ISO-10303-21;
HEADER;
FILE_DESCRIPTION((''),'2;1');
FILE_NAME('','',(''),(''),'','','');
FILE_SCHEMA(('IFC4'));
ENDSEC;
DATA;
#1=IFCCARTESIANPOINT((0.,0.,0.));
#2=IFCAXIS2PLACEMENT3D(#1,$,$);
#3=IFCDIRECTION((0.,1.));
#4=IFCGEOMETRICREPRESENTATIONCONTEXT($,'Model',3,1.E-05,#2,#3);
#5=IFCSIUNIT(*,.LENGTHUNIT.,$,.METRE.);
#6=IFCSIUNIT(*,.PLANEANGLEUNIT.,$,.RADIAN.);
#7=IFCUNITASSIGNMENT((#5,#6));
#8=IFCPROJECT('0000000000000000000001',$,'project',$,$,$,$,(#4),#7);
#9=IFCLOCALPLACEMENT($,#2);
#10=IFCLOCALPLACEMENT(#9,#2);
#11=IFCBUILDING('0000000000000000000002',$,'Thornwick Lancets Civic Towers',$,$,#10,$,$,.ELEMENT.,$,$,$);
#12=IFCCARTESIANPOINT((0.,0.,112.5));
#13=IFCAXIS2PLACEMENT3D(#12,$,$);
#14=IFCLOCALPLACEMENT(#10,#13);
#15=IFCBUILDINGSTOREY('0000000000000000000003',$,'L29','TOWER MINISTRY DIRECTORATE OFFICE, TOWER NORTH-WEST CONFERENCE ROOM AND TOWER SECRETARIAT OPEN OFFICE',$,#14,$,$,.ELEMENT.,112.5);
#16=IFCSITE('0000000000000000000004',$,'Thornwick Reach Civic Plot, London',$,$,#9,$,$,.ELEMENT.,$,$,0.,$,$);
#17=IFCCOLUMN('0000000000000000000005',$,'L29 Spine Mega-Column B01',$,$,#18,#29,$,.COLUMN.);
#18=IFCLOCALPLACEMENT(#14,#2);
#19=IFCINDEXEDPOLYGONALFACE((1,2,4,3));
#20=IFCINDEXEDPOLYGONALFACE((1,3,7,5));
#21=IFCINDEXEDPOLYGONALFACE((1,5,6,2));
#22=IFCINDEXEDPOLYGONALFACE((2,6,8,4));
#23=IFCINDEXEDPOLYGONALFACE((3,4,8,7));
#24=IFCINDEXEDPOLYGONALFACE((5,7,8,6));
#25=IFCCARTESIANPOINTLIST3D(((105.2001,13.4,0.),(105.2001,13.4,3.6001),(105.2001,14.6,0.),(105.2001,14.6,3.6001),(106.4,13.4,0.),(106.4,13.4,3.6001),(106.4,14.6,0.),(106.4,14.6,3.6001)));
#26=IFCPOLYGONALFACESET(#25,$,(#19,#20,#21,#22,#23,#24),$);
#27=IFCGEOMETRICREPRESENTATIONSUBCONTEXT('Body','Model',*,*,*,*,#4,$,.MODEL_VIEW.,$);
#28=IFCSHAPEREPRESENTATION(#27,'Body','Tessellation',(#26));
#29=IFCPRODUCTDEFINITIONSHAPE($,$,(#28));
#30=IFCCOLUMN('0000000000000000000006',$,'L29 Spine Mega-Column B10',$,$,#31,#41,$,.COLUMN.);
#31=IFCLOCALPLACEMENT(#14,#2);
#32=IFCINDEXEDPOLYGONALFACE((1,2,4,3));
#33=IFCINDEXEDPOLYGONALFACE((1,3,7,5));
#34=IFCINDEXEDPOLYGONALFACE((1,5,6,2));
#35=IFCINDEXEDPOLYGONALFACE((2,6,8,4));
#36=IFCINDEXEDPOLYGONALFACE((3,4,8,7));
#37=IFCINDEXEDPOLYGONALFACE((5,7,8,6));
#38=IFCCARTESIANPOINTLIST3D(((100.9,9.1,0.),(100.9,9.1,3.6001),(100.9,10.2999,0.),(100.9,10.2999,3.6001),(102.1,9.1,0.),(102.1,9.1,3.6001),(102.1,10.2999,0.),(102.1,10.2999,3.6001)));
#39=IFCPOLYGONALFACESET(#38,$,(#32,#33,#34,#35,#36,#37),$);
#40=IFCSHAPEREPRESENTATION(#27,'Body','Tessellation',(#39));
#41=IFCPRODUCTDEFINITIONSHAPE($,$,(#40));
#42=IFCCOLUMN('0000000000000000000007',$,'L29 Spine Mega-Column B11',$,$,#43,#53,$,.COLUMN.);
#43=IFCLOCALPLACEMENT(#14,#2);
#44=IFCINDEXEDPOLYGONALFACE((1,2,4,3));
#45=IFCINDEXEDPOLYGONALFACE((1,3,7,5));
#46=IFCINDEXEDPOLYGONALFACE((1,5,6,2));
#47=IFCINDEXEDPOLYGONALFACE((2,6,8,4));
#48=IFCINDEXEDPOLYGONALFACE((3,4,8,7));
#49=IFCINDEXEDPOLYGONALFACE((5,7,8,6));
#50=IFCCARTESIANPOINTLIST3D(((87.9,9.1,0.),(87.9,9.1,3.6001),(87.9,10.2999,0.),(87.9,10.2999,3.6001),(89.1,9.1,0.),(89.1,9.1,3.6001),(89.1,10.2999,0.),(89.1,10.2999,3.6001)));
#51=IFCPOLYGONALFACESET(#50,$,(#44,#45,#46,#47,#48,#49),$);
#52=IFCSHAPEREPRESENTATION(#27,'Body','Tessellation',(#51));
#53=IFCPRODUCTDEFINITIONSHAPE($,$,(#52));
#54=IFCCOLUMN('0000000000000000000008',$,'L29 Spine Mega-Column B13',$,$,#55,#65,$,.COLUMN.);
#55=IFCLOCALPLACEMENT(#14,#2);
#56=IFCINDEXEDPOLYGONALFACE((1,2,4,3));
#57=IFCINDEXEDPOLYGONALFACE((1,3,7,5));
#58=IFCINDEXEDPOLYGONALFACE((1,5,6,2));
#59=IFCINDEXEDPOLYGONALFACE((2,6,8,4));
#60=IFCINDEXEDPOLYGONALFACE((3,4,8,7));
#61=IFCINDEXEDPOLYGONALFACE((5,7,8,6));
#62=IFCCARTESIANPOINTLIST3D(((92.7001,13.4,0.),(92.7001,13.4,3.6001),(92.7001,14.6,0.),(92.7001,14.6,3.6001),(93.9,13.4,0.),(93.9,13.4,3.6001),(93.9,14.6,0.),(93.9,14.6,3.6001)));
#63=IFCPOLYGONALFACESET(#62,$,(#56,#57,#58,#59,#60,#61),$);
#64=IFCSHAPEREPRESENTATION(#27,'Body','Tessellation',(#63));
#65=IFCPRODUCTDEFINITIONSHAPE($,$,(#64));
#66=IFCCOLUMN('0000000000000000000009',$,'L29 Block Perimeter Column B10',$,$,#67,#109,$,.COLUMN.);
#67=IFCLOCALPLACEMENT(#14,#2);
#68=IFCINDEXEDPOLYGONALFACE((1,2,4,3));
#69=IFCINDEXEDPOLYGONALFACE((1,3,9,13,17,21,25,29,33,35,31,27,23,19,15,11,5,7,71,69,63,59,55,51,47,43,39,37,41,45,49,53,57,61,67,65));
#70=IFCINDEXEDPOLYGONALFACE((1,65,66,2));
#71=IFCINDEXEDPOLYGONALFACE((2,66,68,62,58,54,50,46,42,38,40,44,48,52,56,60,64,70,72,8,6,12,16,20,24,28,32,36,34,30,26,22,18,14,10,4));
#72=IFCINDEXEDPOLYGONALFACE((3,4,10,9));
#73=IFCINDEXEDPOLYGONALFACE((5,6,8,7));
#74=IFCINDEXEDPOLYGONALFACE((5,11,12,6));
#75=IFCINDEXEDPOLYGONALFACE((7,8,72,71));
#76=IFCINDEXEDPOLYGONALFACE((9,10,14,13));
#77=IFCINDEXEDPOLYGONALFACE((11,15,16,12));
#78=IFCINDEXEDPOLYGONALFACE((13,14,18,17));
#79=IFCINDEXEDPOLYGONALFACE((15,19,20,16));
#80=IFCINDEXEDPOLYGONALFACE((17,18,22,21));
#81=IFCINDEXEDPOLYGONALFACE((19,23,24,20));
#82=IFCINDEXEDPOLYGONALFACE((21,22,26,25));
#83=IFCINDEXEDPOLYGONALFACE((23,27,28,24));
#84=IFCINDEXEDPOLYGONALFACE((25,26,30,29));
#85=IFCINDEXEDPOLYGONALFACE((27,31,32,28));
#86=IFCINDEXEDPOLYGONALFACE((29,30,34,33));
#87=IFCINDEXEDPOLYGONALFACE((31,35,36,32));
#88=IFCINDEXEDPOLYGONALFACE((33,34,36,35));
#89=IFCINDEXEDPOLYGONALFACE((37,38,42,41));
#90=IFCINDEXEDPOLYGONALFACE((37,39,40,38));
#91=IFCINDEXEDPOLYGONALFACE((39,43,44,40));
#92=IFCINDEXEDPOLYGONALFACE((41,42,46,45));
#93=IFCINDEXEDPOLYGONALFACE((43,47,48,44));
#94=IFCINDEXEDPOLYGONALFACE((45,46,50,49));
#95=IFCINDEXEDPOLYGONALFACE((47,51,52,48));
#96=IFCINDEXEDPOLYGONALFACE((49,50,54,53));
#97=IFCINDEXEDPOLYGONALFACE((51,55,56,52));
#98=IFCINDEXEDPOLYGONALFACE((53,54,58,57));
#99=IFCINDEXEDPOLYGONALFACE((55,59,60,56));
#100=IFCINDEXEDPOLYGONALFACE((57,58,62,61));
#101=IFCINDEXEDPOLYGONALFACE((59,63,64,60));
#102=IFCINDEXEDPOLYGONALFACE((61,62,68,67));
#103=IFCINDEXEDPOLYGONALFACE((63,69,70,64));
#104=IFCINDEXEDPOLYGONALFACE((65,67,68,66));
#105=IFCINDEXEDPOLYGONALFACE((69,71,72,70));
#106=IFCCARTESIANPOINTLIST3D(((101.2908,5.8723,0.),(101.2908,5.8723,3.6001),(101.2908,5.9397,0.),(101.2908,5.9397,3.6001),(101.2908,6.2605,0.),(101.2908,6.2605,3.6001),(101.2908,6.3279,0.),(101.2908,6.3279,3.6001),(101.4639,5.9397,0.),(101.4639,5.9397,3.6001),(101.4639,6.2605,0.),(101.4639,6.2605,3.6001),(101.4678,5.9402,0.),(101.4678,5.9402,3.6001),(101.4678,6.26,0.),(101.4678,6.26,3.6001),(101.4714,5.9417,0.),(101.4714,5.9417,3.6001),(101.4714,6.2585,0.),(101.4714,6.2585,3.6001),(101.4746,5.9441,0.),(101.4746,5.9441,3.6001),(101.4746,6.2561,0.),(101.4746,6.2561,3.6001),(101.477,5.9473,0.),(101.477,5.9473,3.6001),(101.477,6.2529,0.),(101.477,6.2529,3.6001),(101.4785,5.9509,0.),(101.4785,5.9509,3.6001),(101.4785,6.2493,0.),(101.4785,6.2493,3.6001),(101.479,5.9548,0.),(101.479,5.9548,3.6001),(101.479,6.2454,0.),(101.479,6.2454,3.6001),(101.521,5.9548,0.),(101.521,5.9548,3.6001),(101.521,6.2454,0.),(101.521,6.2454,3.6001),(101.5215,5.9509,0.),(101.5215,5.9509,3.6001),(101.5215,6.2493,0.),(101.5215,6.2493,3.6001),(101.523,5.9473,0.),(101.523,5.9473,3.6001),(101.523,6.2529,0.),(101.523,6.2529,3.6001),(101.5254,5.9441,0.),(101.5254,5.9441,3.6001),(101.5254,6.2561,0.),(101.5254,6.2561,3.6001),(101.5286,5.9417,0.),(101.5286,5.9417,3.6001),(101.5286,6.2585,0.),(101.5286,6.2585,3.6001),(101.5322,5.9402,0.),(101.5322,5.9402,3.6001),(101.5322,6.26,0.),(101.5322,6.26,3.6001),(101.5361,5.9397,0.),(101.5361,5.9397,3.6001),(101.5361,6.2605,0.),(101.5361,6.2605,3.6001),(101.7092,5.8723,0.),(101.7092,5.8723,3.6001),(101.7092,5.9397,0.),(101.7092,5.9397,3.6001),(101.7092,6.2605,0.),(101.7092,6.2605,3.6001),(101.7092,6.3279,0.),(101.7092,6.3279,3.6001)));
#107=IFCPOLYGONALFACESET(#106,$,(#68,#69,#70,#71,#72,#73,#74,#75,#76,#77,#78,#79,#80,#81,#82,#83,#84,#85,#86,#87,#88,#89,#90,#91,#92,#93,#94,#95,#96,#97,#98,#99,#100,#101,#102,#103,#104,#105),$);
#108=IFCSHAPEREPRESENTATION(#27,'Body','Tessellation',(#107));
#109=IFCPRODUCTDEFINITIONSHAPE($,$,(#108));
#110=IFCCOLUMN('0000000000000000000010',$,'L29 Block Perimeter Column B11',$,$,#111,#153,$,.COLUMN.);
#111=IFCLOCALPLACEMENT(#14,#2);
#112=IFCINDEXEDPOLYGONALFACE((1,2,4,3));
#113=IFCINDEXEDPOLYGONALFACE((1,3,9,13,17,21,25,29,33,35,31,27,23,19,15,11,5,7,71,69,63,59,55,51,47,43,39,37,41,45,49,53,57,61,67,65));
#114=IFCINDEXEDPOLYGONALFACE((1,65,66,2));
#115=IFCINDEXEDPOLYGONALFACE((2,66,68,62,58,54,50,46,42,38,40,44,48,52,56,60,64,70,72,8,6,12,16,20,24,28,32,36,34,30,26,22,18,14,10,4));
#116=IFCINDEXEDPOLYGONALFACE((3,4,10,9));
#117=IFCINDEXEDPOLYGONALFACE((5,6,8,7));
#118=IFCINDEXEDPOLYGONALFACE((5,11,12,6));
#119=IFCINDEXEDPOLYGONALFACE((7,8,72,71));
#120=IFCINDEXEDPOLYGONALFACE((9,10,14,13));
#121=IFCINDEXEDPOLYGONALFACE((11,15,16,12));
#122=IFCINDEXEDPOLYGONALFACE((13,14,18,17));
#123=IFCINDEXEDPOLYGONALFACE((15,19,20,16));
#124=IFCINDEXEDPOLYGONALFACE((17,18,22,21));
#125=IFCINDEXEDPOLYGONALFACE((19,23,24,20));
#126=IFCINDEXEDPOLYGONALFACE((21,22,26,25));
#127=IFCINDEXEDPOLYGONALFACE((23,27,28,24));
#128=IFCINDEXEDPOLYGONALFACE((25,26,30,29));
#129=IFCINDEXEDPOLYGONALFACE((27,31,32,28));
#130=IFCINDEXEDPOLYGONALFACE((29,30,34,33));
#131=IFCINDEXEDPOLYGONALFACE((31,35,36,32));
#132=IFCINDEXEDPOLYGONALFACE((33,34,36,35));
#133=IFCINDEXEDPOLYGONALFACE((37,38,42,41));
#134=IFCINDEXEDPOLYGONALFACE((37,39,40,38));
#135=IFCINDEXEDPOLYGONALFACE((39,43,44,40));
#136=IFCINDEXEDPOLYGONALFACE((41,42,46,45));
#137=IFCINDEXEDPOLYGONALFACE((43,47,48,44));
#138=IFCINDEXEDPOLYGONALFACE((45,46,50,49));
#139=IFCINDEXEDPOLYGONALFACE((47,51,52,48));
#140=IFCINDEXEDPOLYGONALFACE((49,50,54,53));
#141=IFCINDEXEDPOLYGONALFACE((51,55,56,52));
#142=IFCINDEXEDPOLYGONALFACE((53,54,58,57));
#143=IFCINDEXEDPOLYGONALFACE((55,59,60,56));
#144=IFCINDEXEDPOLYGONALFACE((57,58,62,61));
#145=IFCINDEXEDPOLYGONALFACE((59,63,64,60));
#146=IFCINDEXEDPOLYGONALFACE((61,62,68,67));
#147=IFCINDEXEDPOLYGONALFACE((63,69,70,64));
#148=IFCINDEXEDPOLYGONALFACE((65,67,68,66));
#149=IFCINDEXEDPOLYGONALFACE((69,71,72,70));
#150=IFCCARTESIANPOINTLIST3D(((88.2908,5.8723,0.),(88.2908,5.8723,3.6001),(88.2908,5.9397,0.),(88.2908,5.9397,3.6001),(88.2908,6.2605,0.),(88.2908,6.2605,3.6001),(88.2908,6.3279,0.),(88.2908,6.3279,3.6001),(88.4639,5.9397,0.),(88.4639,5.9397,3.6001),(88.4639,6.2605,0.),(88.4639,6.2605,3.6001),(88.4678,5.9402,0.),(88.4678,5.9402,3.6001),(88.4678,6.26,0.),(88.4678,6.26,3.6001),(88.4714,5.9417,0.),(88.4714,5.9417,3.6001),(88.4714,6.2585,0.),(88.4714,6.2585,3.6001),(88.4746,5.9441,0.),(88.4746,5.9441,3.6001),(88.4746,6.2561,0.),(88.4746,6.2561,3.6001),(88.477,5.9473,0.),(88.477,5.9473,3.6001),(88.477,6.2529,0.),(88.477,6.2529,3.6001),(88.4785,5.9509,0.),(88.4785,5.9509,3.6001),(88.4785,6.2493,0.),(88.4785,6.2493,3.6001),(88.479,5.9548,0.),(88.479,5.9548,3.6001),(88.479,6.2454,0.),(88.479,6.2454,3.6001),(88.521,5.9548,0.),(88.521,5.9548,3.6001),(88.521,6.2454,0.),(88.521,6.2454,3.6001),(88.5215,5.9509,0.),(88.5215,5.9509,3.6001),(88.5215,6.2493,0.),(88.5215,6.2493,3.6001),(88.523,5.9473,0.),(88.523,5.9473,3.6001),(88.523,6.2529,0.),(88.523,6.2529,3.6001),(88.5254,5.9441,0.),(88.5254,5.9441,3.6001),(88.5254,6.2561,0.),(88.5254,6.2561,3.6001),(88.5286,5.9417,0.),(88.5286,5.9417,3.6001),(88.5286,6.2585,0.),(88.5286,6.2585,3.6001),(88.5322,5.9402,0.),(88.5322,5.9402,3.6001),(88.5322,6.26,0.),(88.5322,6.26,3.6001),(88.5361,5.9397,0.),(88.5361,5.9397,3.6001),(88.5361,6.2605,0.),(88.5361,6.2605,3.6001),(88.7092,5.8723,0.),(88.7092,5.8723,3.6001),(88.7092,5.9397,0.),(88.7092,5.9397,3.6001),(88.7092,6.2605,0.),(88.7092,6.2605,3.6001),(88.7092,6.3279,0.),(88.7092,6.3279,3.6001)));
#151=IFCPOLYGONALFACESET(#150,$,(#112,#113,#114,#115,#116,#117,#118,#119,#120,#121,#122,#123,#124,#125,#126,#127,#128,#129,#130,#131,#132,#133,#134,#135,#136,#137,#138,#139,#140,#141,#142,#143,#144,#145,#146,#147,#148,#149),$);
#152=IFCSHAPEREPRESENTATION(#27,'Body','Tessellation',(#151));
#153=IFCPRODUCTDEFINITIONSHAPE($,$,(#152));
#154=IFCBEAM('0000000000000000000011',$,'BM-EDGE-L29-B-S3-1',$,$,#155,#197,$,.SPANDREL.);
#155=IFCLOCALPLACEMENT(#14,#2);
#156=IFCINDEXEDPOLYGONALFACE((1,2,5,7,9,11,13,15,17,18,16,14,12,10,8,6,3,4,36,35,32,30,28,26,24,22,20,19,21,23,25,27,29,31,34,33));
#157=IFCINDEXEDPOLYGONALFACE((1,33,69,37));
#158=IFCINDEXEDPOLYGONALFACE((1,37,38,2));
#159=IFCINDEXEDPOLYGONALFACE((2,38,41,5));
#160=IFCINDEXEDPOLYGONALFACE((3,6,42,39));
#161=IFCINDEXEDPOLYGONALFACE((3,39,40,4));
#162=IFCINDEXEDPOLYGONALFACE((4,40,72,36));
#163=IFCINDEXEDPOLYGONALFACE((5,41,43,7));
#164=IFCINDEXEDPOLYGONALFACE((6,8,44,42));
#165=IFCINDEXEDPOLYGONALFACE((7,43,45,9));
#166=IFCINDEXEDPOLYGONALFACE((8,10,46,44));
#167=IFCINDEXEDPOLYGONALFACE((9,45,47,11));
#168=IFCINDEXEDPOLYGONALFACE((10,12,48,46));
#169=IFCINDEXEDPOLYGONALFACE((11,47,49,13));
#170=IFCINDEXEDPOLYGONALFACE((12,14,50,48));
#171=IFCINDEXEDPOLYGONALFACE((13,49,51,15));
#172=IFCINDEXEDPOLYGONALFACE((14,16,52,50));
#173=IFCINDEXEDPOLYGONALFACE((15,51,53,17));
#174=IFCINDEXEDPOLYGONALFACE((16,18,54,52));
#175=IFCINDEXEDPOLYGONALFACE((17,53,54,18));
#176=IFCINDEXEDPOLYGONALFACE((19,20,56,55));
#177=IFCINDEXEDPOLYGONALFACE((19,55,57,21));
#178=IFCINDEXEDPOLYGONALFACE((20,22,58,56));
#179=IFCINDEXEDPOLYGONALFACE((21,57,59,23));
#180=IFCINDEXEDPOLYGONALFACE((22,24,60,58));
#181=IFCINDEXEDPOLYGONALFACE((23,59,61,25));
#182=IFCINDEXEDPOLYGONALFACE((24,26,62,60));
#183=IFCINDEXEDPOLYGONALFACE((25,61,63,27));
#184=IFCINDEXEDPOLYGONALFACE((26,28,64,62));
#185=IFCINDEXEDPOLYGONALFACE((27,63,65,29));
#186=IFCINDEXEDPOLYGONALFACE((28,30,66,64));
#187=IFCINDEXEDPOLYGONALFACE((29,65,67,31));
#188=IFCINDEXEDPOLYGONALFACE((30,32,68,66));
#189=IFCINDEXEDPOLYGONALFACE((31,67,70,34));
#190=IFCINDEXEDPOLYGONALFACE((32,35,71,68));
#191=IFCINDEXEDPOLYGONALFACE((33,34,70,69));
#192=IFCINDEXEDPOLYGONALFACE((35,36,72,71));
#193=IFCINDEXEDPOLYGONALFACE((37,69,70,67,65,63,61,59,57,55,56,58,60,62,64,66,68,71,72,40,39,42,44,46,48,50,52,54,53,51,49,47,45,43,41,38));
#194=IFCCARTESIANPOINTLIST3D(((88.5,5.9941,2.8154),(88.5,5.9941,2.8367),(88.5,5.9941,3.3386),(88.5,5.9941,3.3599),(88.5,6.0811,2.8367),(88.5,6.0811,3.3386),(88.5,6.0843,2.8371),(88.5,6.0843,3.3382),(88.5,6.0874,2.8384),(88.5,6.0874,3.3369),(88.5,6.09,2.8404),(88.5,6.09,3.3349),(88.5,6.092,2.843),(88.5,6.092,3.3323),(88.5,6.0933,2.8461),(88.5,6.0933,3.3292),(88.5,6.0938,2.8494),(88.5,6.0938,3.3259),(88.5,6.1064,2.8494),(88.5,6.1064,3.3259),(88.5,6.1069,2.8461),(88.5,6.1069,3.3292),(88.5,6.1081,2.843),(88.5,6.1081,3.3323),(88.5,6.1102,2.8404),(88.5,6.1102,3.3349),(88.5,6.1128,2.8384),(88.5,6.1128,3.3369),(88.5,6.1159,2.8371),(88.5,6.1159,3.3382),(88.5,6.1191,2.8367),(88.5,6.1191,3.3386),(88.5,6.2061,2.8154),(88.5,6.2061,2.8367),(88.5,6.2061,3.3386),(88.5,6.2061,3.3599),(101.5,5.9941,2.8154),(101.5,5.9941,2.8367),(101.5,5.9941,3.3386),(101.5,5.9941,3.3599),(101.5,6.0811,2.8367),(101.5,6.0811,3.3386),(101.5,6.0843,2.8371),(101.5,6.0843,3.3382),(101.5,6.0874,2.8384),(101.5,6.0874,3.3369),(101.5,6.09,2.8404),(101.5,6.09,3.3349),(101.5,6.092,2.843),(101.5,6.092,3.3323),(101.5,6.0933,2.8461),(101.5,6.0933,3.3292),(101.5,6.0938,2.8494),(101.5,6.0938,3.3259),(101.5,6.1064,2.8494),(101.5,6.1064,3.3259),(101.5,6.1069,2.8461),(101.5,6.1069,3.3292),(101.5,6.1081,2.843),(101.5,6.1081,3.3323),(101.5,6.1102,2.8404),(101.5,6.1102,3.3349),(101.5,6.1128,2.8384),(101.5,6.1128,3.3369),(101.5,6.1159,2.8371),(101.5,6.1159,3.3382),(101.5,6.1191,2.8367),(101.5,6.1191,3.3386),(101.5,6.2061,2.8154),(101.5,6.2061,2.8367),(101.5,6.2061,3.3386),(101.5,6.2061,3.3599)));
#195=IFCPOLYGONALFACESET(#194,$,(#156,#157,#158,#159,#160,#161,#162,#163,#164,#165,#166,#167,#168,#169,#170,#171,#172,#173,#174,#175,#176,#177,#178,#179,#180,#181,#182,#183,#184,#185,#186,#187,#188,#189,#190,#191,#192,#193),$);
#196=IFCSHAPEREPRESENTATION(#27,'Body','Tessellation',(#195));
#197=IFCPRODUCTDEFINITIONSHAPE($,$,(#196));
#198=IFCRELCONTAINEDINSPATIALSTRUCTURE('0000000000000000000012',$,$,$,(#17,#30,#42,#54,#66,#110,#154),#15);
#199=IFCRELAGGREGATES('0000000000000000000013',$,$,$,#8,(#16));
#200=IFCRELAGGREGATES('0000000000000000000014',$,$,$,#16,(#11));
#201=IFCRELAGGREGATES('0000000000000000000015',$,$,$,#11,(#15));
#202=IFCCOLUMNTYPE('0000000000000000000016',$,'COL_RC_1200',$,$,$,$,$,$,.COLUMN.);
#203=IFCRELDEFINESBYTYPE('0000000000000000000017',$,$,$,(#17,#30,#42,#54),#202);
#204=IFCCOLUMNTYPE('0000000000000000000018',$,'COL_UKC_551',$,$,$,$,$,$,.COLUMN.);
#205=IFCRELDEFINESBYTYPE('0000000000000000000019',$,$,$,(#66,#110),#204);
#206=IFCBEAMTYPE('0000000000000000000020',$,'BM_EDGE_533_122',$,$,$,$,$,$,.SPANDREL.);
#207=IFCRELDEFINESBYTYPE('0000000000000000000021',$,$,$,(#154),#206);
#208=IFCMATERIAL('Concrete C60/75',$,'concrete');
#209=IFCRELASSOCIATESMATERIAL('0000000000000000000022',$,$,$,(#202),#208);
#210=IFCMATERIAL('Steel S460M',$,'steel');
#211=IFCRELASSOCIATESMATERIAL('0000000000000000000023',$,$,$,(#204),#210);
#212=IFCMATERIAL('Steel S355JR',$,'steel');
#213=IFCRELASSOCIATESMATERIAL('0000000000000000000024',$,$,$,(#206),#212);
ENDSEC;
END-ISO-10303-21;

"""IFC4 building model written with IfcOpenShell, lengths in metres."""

from ifc_helpers import new_model, si_unit, direction, frame, origin, origin_2d, place, context, subcontext, project, spatial, rectangle, i_section, extrude, material, material_profile, profile_set, type_object, element, save


model = new_model("IFC4")

# Units and contexts
model_context = context("Model", 3, precision=1e-05, world=origin(), true_north=direction((0.0, 1.0)))
body_context = subcontext(model_context, "Body", "Model", "MODEL_VIEW")
ifc_project = project(units=[si_unit("LENGTHUNIT", "METRE"), si_unit("PLANEANGLEUNIT", "RADIAN")], contexts=[model_context])

# Site, building, storey
site_placement = place(None, origin())
site = spatial("IfcSite", under=ifc_project, at=site_placement, Name="Thornwick Reach Civic Plot, London", CompositionType="ELEMENT", RefElevation=0.0)
building_placement = place(site_placement, origin())
building = spatial("IfcBuilding", under=site, at=building_placement, Name="Thornwick Lancets Civic Towers", CompositionType="ELEMENT")
storey_placement = place(building_placement, frame((0.0, 0.0, 112.5)))
storey = spatial("IfcBuildingStorey", under=building, at=storey_placement, Name="L29", Description="TOWER MINISTRY DIRECTORATE OFFICE, TOWER NORTH-WEST CONFERENCE ROOM AND TOWER SECRETARIAT OPEN OFFICE", CompositionType="ELEMENT", Elevation=112.5)

# Columns
ifc_material_1 = material(Name="Concrete C60/75", Category="concrete")
ifc_material_profile_1 = material_profile(ifc_material_1, rectangle(XDim=1.2, YDim=1.2, at=origin_2d()), Name="RC 1200x1200")
ifc_profile_set_1 = profile_set([ifc_material_profile_1], Name="Concrete C60/75")
column_type_1 = type_object("IfcColumnType", Name="COL_RC_1200", PredefinedType="COLUMN", material=ifc_profile_set_1)
for number, where, z_axis, x_axis, name in (
    (1, (105.8, 14.0, 0.0), (0.0, 0.0, 1.0), (1.0, 0.0, 0.0), "L29 Spine Mega-Column B01"),
    (2, (101.5, 9.7, 0.0), (0.0, 0.0, 1.0), (1.0, 0.0, 0.0), "L29 Spine Mega-Column B10"),
    (3, (88.5, 9.7, 0.0), (0.0, 0.0, 1.0), (1.0, 0.0, 0.0), "L29 Spine Mega-Column B11"),
    (4, (93.3, 14.0, 0.0), (0.0, 0.0, 1.0), (1.0, 0.0, 0.0), "L29 Spine Mega-Column B13"),
):
    element("IfcColumn", number, at=place(storey_placement, frame(where, z_axis=z_axis, x_axis=x_axis)), inside=storey, type_object=column_type_1, Name=name, PredefinedType="COLUMN", context=body_context, shape_type="SweptSolid", body=[
        extrude(rectangle(XDim=1.2, YDim=1.2, at=origin_2d()), origin(), (0.0, 0.0, 1.0), 3.6001),
    ])
ifc_material_2 = material(Name="Steel S460M", Category="steel")
ifc_material_profile_2 = material_profile(ifc_material_2, i_section(OverallWidth=0.4185, OverallDepth=0.4556, WebThickness=0.042, FlangeThickness=0.0674, FilletRadius=0.0151, at=origin_2d()), Name="UKC 356x406x551")
ifc_profile_set_2 = profile_set([ifc_material_profile_2], Name="Steel S460M")
column_type_2 = type_object("IfcColumnType", Name="COL_UKC_551", PredefinedType="COLUMN", material=ifc_profile_set_2)
for number, where, z_axis, x_axis, name in (
    (5, (101.5, 6.1001, 0.0), (0.0, 0.0, 1.0), (1.0, 0.0, 0.0), "L29 Block Perimeter Column B10"),
    (6, (88.5, 6.1001, 0.0), (0.0, 0.0, 1.0), (1.0, 0.0, 0.0), "L29 Block Perimeter Column B11"),
):
    element("IfcColumn", number, at=place(storey_placement, frame(where, z_axis=z_axis, x_axis=x_axis)), inside=storey, type_object=column_type_2, Name=name, PredefinedType="COLUMN", context=body_context, shape_type="SweptSolid", body=[
        extrude(i_section(OverallWidth=0.4185, OverallDepth=0.4556, WebThickness=0.042, FlangeThickness=0.0674, FilletRadius=0.0151, at=origin_2d()), origin(), (0.0, 0.0, 1.0), 3.6001),
    ])

# Beam
ifc_material_3 = material(Name="Steel S355JR", Category="steel")
ifc_material_profile_3 = material_profile(ifc_material_3, i_section(OverallWidth=0.2119, OverallDepth=0.5444, WebThickness=0.0127, FlangeThickness=0.0212, FilletRadius=0.0127, at=origin_2d()), Name="UKB 533x210x122")
ifc_profile_set_3 = profile_set([ifc_material_profile_3], Name="Steel S355JR")
beam_type_1 = type_object("IfcBeamType", Name="BM_EDGE_533_122", PredefinedType="SPANDREL", material=ifc_profile_set_3)
beam_1_placement = place(storey_placement, frame((101.5, 6.1001, 3.0876), z_axis=(-1.0, 0.0, 0.0), x_axis=(0.0, -1.0, 0.0)))
element("IfcBeam", 7, at=beam_1_placement, inside=storey, type_object=beam_type_1, Name="BM-EDGE-L29-B-S3-1", PredefinedType="SPANDREL", context=body_context, shape_type="SweptSolid", body=[
    extrude(i_section(OverallWidth=0.2119, OverallDepth=0.5444, WebThickness=0.0127, FlangeThickness=0.0212, FilletRadius=0.0127, at=origin_2d()), origin(), (0.0, 0.0, 1.0), 13.0),
])

save(model, "model.ifc")
